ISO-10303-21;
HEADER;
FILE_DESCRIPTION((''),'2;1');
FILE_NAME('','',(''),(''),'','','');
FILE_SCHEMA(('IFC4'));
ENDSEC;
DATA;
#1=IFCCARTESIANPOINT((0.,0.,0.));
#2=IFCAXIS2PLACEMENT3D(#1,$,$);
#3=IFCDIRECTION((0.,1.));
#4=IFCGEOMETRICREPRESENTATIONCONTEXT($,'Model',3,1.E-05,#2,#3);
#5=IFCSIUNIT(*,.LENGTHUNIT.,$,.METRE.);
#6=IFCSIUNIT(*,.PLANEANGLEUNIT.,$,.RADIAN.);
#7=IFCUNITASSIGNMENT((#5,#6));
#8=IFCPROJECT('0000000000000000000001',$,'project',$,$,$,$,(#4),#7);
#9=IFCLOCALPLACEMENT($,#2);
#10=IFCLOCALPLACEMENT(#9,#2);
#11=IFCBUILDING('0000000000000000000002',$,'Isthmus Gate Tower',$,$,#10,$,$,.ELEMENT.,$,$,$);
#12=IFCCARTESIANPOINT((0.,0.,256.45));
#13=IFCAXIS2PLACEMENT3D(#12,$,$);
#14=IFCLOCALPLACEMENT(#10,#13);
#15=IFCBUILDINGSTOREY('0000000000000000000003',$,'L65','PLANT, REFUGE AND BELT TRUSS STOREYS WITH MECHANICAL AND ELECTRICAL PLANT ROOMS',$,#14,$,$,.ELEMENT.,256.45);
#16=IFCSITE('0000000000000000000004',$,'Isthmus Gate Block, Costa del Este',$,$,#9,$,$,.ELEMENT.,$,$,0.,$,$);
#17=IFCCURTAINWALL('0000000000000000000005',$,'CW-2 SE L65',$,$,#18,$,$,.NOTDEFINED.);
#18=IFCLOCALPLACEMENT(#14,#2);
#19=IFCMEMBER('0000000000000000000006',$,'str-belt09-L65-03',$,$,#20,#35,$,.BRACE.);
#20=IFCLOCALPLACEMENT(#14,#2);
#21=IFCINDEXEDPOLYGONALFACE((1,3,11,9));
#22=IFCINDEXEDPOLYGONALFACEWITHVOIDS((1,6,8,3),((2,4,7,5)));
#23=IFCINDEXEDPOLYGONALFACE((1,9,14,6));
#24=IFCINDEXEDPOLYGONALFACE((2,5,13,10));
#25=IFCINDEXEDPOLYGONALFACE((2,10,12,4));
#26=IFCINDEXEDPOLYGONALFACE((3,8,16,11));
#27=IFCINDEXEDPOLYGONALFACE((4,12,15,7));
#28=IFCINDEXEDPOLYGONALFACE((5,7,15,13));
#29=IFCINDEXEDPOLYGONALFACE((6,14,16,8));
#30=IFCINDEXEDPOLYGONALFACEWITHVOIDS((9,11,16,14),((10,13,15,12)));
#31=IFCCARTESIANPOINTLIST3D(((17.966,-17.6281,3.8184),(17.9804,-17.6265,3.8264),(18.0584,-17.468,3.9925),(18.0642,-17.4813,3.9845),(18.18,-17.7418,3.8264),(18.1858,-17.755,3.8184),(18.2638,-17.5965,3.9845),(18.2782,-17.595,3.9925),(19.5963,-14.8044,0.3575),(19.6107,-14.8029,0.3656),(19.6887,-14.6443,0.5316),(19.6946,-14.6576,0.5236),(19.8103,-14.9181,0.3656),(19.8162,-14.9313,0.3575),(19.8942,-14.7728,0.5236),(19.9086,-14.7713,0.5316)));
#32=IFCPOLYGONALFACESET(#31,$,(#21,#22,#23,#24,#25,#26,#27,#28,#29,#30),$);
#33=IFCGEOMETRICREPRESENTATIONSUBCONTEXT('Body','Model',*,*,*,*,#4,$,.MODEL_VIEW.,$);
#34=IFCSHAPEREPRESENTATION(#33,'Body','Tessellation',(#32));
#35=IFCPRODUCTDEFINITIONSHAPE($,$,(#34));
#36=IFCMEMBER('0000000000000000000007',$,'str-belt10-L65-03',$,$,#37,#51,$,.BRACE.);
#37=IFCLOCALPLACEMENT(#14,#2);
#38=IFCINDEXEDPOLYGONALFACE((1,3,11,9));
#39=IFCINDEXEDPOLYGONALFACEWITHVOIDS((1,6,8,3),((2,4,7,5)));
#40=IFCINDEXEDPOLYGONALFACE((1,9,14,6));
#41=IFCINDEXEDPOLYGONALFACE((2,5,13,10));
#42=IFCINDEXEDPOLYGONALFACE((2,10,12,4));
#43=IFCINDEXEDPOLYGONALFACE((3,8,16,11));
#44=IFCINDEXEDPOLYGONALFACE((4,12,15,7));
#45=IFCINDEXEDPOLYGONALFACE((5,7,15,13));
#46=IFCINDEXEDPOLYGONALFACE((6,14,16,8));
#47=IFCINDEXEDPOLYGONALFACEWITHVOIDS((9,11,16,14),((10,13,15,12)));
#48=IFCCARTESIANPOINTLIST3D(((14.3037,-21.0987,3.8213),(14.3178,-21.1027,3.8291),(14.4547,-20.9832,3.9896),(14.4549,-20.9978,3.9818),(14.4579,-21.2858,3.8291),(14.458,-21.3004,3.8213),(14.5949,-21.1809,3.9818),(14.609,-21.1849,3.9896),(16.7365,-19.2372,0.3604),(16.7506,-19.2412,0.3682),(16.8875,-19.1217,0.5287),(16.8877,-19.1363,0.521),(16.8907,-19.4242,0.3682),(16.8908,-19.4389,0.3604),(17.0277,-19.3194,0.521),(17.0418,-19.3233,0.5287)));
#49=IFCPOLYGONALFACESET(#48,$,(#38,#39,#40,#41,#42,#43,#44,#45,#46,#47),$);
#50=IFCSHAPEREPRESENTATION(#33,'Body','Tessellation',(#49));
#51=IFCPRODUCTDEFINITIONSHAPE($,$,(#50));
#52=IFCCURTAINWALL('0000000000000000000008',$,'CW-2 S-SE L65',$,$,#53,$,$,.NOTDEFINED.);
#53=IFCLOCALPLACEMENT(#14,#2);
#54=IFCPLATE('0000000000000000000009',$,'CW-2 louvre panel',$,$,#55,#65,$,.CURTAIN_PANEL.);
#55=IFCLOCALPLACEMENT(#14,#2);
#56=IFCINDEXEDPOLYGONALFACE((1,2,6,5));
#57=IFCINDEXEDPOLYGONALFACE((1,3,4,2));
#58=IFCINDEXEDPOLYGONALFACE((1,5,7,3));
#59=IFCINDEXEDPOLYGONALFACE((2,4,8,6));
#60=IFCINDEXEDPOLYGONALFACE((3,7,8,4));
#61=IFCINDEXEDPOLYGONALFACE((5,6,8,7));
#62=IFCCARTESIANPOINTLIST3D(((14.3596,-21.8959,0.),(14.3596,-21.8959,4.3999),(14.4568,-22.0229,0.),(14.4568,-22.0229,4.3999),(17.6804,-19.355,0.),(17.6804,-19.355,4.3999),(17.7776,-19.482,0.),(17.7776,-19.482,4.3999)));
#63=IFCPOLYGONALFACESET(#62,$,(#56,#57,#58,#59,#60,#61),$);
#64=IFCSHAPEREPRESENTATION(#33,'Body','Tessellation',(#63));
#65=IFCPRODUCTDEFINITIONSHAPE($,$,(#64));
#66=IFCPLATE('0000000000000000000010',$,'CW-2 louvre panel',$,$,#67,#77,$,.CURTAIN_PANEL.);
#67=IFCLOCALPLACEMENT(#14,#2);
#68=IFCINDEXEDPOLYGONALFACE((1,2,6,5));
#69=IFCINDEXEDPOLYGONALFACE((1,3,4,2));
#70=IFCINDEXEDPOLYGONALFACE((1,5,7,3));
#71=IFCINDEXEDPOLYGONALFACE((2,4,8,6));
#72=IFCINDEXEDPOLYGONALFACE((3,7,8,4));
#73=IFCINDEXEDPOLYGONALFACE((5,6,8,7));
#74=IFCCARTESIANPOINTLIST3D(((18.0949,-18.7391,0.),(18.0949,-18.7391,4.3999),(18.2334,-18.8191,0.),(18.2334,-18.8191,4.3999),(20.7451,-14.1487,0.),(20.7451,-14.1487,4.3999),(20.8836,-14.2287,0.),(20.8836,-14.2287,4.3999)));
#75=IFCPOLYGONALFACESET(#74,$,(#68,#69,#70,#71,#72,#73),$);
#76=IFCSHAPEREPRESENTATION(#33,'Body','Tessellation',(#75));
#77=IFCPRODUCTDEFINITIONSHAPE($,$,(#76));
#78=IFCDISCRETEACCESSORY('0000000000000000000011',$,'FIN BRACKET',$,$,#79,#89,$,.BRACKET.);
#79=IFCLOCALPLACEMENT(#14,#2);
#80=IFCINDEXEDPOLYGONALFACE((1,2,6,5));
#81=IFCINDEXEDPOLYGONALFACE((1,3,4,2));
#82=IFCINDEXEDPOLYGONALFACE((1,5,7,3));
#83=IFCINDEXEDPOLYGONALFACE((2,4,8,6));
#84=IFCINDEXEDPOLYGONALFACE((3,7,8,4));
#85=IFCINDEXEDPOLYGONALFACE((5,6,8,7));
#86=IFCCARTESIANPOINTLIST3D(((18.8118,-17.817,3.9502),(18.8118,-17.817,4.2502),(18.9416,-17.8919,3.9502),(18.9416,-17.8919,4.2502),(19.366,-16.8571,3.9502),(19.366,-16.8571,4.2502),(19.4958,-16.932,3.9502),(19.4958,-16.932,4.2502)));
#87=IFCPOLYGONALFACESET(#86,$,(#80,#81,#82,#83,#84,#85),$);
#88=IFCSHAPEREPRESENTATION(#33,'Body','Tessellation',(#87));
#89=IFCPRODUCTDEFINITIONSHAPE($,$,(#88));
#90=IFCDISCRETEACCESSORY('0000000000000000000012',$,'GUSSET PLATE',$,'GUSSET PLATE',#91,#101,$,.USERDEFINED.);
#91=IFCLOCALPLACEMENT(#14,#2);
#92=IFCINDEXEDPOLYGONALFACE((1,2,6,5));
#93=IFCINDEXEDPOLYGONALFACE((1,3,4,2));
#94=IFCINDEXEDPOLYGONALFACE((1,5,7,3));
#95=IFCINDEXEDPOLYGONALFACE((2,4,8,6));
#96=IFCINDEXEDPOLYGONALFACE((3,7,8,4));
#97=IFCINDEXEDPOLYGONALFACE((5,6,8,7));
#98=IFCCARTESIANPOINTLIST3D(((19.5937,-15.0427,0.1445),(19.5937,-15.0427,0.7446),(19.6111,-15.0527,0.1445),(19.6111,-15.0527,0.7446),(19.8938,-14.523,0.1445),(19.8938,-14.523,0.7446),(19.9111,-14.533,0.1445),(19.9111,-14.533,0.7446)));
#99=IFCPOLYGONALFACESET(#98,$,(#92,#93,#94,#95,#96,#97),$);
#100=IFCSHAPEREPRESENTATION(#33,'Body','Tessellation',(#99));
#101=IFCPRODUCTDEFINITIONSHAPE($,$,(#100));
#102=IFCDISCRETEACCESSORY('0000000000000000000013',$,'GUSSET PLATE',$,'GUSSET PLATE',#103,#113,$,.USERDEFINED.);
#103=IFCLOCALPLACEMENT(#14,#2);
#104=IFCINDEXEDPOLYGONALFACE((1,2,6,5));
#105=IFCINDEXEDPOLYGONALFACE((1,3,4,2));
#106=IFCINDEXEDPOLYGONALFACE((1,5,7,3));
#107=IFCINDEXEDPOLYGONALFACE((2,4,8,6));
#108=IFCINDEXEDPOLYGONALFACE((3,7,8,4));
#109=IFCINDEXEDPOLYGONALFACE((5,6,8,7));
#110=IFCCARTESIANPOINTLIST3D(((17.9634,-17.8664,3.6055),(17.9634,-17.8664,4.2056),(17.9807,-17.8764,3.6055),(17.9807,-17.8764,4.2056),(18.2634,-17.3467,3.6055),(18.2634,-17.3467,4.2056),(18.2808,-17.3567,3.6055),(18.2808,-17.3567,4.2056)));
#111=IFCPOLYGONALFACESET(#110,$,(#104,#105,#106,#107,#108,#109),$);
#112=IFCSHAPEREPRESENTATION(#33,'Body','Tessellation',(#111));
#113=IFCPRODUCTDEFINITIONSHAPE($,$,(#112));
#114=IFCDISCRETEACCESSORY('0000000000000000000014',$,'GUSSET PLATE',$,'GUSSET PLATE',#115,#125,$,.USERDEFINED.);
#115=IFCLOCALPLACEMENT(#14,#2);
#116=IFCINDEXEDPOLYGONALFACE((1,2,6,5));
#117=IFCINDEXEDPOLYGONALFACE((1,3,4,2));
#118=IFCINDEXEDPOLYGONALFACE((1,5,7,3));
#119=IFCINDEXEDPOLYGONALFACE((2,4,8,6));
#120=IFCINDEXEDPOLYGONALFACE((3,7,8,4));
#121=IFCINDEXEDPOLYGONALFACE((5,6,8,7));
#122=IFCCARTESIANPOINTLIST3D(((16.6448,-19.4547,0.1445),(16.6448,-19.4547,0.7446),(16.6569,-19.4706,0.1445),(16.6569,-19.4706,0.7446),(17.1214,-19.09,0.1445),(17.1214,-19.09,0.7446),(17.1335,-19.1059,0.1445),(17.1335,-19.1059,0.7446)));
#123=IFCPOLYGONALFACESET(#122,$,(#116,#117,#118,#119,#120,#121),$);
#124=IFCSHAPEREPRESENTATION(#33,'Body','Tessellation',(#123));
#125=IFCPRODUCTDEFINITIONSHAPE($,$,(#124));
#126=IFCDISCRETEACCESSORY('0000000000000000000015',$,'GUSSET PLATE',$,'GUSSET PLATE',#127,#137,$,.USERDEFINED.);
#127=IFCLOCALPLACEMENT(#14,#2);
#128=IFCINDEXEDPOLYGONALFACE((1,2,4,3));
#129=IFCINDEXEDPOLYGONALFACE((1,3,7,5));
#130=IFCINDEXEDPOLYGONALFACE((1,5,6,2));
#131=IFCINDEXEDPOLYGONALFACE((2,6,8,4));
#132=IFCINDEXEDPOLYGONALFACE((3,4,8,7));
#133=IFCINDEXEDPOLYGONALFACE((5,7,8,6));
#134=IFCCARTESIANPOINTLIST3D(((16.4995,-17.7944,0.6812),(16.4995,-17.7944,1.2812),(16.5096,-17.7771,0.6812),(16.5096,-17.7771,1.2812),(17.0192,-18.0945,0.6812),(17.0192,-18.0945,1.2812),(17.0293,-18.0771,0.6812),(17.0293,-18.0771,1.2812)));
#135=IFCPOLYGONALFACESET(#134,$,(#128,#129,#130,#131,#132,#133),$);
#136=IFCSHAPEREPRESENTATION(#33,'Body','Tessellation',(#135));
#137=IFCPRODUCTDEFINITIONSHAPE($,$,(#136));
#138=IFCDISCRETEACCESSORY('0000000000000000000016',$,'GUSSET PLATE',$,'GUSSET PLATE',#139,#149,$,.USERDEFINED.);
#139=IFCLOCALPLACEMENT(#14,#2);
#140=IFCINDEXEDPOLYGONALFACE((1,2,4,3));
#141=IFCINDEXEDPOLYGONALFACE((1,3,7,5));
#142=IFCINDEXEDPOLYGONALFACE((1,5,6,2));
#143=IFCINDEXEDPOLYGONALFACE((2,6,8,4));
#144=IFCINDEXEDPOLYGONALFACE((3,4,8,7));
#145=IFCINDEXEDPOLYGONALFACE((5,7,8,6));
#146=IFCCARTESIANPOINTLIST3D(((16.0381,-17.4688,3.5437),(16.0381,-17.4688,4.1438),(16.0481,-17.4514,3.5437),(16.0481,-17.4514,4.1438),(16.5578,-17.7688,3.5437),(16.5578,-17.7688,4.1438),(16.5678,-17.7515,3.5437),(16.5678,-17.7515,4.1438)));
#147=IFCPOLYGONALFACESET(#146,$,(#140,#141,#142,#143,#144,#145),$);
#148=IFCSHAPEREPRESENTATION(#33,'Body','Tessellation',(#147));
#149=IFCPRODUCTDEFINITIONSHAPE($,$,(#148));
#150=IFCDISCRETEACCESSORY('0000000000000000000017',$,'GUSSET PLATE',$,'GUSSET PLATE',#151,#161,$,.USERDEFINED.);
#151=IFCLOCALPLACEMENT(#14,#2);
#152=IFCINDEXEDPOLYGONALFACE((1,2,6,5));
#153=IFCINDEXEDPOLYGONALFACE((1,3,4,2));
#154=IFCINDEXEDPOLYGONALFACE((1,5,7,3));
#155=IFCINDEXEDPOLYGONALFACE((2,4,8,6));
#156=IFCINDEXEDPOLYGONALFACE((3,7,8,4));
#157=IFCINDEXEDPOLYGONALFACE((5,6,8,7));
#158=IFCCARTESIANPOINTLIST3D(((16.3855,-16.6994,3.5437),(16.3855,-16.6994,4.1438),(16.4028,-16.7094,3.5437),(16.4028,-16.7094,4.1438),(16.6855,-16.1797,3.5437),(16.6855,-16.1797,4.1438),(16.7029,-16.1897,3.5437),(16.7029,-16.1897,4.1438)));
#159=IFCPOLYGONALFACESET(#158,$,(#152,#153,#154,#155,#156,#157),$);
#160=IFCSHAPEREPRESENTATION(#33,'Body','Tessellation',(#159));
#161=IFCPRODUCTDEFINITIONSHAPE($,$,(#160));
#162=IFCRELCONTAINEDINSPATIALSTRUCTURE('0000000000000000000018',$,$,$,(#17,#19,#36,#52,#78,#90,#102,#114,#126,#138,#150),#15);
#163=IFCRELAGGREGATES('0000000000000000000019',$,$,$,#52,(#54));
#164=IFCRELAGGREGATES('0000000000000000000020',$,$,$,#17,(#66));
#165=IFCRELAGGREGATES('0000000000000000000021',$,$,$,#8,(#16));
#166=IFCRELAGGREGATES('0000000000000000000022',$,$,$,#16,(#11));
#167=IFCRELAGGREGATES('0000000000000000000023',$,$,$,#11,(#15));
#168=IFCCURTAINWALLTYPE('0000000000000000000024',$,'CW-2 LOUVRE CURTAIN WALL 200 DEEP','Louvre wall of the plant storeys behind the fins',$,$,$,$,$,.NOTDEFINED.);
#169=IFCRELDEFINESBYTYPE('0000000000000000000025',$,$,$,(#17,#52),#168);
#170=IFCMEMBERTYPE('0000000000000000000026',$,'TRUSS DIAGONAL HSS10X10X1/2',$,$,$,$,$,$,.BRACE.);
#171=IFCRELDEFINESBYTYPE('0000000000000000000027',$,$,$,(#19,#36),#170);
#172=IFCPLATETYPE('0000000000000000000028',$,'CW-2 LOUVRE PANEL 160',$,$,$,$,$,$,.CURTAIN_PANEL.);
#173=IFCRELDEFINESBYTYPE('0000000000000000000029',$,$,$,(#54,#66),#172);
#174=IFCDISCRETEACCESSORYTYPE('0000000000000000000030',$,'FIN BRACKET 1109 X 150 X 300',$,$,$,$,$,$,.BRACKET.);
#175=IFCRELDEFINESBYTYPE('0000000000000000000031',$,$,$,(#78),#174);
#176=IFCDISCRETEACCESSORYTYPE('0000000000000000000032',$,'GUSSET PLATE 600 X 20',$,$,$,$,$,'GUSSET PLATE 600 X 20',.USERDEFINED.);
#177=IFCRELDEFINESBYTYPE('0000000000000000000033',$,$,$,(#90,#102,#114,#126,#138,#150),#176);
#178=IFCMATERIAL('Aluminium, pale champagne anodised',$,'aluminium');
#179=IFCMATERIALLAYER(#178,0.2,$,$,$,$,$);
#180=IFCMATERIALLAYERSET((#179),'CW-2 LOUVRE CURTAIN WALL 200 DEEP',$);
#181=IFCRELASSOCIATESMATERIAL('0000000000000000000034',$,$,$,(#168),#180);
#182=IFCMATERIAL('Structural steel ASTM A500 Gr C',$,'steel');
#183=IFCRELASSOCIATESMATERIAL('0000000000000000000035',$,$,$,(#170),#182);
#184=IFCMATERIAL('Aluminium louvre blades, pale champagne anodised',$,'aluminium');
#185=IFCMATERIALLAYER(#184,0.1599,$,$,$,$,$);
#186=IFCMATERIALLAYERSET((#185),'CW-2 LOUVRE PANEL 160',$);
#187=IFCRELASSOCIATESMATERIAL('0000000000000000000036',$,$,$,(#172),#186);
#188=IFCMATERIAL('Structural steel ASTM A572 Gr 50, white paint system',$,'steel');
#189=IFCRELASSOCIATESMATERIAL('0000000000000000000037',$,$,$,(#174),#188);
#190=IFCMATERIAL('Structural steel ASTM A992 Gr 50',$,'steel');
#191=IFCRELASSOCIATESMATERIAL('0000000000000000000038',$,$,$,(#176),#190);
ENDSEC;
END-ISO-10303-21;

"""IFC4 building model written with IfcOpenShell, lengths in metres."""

from ifc_helpers import new_model, si_unit, direction, frame, origin, origin_2d, place, context, subcontext, project, spatial, rectangle, hollow_rectangle, extrude, material, layer, layer_set, material_profile, profile_set, type_object, element, aggregate, save


model = new_model("IFC4")

# Units and contexts
model_context = context("Model", 3, precision=1e-05, world=origin(), true_north=direction((0.0, 1.0)))
body_context = subcontext(model_context, "Body", "Model", "MODEL_VIEW")
ifc_project = project(units=[si_unit("LENGTHUNIT", "METRE"), si_unit("PLANEANGLEUNIT", "RADIAN")], contexts=[model_context])

# Site, building, storey
site_placement = place(None, origin())
site = spatial("IfcSite", under=ifc_project, at=site_placement, Name="Isthmus Gate Block, Costa del Este", CompositionType="ELEMENT", RefElevation=0.0)
building_placement = place(site_placement, origin())
building = spatial("IfcBuilding", under=site, at=building_placement, Name="Isthmus Gate Tower", CompositionType="ELEMENT")
storey_placement = place(building_placement, frame((0.0, 0.0, 256.45)))
storey = spatial("IfcBuildingStorey", under=building, at=storey_placement, Name="L65", Description="PLANT, REFUGE AND BELT TRUSS STOREYS WITH MECHANICAL AND ELECTRICAL PLANT ROOMS", CompositionType="ELEMENT", Elevation=256.45)

# Curtain wall
ifc_material_1 = material(Name="Aluminium, pale champagne anodised", Category="aluminium")
ifc_layer_1 = layer(ifc_material_1, 0.2)
ifc_layer_set_1 = layer_set([ifc_layer_1], Name="CW-2 LOUVRE CURTAIN WALL 200 DEEP")
curtain_wall_type = type_object("IfcCurtainWallType", Name="CW-2 LOUVRE CURTAIN WALL 200 DEEP", Description="Louvre wall of the plant storeys behind the fins", PredefinedType="NOTDEFINED", material=ifc_layer_set_1)
curtain_wall_1_placement = place(storey_placement, origin())
curtain_wall_1 = element("IfcCurtainWall", 1, at=curtain_wall_1_placement, inside=storey, type_object=curtain_wall_type, Name="CW-2 SE L65", PredefinedType="NOTDEFINED")

# Members
ifc_material_2 = material(Name="Structural steel ASTM A500 Gr C", Category="steel")
ifc_material_profile_1 = material_profile(ifc_material_2, hollow_rectangle(XDim=0.2539, YDim=0.2539, WallThickness=0.0117, at=origin_2d()), Name="HSS10X10X1/2")
ifc_profile_set_1 = profile_set([ifc_material_profile_1], Name="Structural steel ASTM A500 Gr C")
member_type_1 = type_object("IfcMemberType", Name="TRUSS DIAGONAL HSS10X10X1/2", PredefinedType="BRACE", material=ifc_profile_set_1)
member_1_placement = place(storey_placement, frame((19.7524, -14.7878, 0.4446), z_axis=(-0.342878, -0.593849, 0.727858), x_axis=(0.866014, -0.500021, 0.0)))
element("IfcMember", 2, at=member_1_placement, inside=storey, type_object=member_type_1, Name="str-belt09-L65-03", PredefinedType="BRACE", context=body_context, shape_type="SweptSolid", body=[
    extrude(hollow_rectangle(XDim=0.2539, YDim=0.2539, WallThickness=0.0117, at=origin_2d()), origin(), (0.0, 0.0, 1.0), 4.7549),
])
member_2_placement = place(storey_placement, frame((16.8892, -19.2803, 0.4446), z_axis=(-0.526372, -0.402768, 0.748806), x_axis=(0.607687, -0.794177, 0.0)))
element("IfcMember", 3, at=member_2_placement, inside=storey, type_object=member_type_1, Name="str-belt10-L65-03", PredefinedType="BRACE", context=body_context, shape_type="SweptSolid", body=[
    extrude(hollow_rectangle(XDim=0.2539, YDim=0.2539, WallThickness=0.0117, at=origin_2d()), origin(), (0.0, 0.0, 1.0), 4.6218),
])

# Curtain wall, plate
curtain_wall_2_placement = place(storey_placement, origin())
curtain_wall_2 = element("IfcCurtainWall", 4, at=curtain_wall_2_placement, inside=storey, type_object=curtain_wall_type, Name="CW-2 S-SE L65", PredefinedType="NOTDEFINED")
ifc_material_3 = material(Name="Aluminium louvre blades, pale champagne anodised", Category="aluminium")
ifc_layer_2 = layer(ifc_material_3, 0.1599)
ifc_layer_set_2 = layer_set([ifc_layer_2], Name="CW-2 LOUVRE PANEL 160")
plate_type = type_object("IfcPlateType", Name="CW-2 LOUVRE PANEL 160", PredefinedType="CURTAIN_PANEL", material=ifc_layer_set_2)
plate_1_placement = place(storey_placement, frame((16.0686, -20.689, 0.0), z_axis=(0.0, 0.0, 1.0), x_axis=(0.794189, 0.607671, 0.0)))
plate_1 = element("IfcPlate", 5, at=plate_1_placement, type_object=plate_type, Name="CW-2 louvre panel", PredefinedType="CURTAIN_PANEL", context=body_context, shape_type="SweptSolid", body=[
    extrude(rectangle(XDim=4.1814, YDim=0.1599, at=origin_2d()), origin(), (0.0, 0.0, 1.0), 4.3999),
])
aggregate(curtain_wall_2, [plate_1])

# Plate
plate_2_placement = place(storey_placement, frame((19.4893, -16.4839, 0.0), z_axis=(0.0, 0.0, 1.0), x_axis=(0.5, 0.866025, 0.0)))
plate_2 = element("IfcPlate", 6, at=plate_2_placement, type_object=plate_type, Name="CW-2 louvre panel", PredefinedType="CURTAIN_PANEL", context=body_context, shape_type="SweptSolid", body=[
    extrude(rectangle(XDim=5.3005, YDim=0.1599, at=origin_2d()), origin(), (0.0, 0.0, 1.0), 4.3999),
])
aggregate(curtain_wall_1, [plate_2])

# Discrete accessories
ifc_material_4 = material(Name="Structural steel ASTM A572 Gr 50, white paint system", Category="steel")
discrete_accessory_type_1 = type_object("IfcDiscreteAccessoryType", Name="FIN BRACKET 1109 X 150 X 300", PredefinedType="BRACKET", material=ifc_material_4)
discrete_accessory_placement = place(storey_placement, frame((19.1538, -17.3745, 3.9502), z_axis=(0.0, 0.0, 1.0), x_axis=(0.866025, -0.5, 0.0)))
element("IfcDiscreteAccessory", 7, at=discrete_accessory_placement, inside=storey, type_object=discrete_accessory_type_1, Name="FIN BRACKET", PredefinedType="BRACKET", context=body_context, shape_type="SweptSolid", body=[
    extrude(rectangle(XDim=0.1499, YDim=1.1084, at=origin_2d()), origin(), (0.0, 0.0, 1.0), 0.3),
])
ifc_material_5 = material(Name="Structural steel ASTM A992 Gr 50", Category="steel")
discrete_accessory_type_2 = type_object("IfcDiscreteAccessoryType", Name="GUSSET PLATE 600 X 20", ElementType="GUSSET PLATE 600 X 20", PredefinedType="USERDEFINED", material=ifc_material_5)
for number, where, z_axis, x_axis, name in (
    (8, (19.7524, -14.7878, 0.1445), (0.0, 0.0, 1.0), (-0.5, -0.866025, 0.0), "GUSSET PLATE"),
    (9, (18.1221, -17.6116, 3.6055), (0.0, 0.0, 1.0), (-0.5, -0.866025, 0.0), "GUSSET PLATE"),
    (10, (16.8892, -19.2803, 0.1445), (0.0, 0.0, 1.0), (-0.794189, -0.607671, 0.0), "GUSSET PLATE"),
    (11, (16.7644, -17.9358, 0.6812), (0.0, 0.0, 1.0), (-0.866025, 0.5, 0.0), "GUSSET PLATE"),
    (12, (16.303, -17.6101, 3.5437), (0.0, 0.0, 1.0), (-0.866025, 0.5, 0.0), "GUSSET PLATE"),
    (13, (16.5442, -16.4446, 3.5437), (0.0, 0.0, 1.0), (-0.5, -0.866025, 0.0), "GUSSET PLATE"),
):
    element("IfcDiscreteAccessory", number, at=place(storey_placement, frame(where, z_axis=z_axis, x_axis=x_axis)), inside=storey, type_object=discrete_accessory_type_2, Name=name, ObjectType="GUSSET PLATE", PredefinedType="USERDEFINED", context=body_context, shape_type="SweptSolid", body=[
        extrude(rectangle(XDim=0.6001, YDim=0.02, at=origin_2d()), origin(), (0.0, 0.0, 1.0), 0.6001),
    ])

save(model, "model.ifc")
